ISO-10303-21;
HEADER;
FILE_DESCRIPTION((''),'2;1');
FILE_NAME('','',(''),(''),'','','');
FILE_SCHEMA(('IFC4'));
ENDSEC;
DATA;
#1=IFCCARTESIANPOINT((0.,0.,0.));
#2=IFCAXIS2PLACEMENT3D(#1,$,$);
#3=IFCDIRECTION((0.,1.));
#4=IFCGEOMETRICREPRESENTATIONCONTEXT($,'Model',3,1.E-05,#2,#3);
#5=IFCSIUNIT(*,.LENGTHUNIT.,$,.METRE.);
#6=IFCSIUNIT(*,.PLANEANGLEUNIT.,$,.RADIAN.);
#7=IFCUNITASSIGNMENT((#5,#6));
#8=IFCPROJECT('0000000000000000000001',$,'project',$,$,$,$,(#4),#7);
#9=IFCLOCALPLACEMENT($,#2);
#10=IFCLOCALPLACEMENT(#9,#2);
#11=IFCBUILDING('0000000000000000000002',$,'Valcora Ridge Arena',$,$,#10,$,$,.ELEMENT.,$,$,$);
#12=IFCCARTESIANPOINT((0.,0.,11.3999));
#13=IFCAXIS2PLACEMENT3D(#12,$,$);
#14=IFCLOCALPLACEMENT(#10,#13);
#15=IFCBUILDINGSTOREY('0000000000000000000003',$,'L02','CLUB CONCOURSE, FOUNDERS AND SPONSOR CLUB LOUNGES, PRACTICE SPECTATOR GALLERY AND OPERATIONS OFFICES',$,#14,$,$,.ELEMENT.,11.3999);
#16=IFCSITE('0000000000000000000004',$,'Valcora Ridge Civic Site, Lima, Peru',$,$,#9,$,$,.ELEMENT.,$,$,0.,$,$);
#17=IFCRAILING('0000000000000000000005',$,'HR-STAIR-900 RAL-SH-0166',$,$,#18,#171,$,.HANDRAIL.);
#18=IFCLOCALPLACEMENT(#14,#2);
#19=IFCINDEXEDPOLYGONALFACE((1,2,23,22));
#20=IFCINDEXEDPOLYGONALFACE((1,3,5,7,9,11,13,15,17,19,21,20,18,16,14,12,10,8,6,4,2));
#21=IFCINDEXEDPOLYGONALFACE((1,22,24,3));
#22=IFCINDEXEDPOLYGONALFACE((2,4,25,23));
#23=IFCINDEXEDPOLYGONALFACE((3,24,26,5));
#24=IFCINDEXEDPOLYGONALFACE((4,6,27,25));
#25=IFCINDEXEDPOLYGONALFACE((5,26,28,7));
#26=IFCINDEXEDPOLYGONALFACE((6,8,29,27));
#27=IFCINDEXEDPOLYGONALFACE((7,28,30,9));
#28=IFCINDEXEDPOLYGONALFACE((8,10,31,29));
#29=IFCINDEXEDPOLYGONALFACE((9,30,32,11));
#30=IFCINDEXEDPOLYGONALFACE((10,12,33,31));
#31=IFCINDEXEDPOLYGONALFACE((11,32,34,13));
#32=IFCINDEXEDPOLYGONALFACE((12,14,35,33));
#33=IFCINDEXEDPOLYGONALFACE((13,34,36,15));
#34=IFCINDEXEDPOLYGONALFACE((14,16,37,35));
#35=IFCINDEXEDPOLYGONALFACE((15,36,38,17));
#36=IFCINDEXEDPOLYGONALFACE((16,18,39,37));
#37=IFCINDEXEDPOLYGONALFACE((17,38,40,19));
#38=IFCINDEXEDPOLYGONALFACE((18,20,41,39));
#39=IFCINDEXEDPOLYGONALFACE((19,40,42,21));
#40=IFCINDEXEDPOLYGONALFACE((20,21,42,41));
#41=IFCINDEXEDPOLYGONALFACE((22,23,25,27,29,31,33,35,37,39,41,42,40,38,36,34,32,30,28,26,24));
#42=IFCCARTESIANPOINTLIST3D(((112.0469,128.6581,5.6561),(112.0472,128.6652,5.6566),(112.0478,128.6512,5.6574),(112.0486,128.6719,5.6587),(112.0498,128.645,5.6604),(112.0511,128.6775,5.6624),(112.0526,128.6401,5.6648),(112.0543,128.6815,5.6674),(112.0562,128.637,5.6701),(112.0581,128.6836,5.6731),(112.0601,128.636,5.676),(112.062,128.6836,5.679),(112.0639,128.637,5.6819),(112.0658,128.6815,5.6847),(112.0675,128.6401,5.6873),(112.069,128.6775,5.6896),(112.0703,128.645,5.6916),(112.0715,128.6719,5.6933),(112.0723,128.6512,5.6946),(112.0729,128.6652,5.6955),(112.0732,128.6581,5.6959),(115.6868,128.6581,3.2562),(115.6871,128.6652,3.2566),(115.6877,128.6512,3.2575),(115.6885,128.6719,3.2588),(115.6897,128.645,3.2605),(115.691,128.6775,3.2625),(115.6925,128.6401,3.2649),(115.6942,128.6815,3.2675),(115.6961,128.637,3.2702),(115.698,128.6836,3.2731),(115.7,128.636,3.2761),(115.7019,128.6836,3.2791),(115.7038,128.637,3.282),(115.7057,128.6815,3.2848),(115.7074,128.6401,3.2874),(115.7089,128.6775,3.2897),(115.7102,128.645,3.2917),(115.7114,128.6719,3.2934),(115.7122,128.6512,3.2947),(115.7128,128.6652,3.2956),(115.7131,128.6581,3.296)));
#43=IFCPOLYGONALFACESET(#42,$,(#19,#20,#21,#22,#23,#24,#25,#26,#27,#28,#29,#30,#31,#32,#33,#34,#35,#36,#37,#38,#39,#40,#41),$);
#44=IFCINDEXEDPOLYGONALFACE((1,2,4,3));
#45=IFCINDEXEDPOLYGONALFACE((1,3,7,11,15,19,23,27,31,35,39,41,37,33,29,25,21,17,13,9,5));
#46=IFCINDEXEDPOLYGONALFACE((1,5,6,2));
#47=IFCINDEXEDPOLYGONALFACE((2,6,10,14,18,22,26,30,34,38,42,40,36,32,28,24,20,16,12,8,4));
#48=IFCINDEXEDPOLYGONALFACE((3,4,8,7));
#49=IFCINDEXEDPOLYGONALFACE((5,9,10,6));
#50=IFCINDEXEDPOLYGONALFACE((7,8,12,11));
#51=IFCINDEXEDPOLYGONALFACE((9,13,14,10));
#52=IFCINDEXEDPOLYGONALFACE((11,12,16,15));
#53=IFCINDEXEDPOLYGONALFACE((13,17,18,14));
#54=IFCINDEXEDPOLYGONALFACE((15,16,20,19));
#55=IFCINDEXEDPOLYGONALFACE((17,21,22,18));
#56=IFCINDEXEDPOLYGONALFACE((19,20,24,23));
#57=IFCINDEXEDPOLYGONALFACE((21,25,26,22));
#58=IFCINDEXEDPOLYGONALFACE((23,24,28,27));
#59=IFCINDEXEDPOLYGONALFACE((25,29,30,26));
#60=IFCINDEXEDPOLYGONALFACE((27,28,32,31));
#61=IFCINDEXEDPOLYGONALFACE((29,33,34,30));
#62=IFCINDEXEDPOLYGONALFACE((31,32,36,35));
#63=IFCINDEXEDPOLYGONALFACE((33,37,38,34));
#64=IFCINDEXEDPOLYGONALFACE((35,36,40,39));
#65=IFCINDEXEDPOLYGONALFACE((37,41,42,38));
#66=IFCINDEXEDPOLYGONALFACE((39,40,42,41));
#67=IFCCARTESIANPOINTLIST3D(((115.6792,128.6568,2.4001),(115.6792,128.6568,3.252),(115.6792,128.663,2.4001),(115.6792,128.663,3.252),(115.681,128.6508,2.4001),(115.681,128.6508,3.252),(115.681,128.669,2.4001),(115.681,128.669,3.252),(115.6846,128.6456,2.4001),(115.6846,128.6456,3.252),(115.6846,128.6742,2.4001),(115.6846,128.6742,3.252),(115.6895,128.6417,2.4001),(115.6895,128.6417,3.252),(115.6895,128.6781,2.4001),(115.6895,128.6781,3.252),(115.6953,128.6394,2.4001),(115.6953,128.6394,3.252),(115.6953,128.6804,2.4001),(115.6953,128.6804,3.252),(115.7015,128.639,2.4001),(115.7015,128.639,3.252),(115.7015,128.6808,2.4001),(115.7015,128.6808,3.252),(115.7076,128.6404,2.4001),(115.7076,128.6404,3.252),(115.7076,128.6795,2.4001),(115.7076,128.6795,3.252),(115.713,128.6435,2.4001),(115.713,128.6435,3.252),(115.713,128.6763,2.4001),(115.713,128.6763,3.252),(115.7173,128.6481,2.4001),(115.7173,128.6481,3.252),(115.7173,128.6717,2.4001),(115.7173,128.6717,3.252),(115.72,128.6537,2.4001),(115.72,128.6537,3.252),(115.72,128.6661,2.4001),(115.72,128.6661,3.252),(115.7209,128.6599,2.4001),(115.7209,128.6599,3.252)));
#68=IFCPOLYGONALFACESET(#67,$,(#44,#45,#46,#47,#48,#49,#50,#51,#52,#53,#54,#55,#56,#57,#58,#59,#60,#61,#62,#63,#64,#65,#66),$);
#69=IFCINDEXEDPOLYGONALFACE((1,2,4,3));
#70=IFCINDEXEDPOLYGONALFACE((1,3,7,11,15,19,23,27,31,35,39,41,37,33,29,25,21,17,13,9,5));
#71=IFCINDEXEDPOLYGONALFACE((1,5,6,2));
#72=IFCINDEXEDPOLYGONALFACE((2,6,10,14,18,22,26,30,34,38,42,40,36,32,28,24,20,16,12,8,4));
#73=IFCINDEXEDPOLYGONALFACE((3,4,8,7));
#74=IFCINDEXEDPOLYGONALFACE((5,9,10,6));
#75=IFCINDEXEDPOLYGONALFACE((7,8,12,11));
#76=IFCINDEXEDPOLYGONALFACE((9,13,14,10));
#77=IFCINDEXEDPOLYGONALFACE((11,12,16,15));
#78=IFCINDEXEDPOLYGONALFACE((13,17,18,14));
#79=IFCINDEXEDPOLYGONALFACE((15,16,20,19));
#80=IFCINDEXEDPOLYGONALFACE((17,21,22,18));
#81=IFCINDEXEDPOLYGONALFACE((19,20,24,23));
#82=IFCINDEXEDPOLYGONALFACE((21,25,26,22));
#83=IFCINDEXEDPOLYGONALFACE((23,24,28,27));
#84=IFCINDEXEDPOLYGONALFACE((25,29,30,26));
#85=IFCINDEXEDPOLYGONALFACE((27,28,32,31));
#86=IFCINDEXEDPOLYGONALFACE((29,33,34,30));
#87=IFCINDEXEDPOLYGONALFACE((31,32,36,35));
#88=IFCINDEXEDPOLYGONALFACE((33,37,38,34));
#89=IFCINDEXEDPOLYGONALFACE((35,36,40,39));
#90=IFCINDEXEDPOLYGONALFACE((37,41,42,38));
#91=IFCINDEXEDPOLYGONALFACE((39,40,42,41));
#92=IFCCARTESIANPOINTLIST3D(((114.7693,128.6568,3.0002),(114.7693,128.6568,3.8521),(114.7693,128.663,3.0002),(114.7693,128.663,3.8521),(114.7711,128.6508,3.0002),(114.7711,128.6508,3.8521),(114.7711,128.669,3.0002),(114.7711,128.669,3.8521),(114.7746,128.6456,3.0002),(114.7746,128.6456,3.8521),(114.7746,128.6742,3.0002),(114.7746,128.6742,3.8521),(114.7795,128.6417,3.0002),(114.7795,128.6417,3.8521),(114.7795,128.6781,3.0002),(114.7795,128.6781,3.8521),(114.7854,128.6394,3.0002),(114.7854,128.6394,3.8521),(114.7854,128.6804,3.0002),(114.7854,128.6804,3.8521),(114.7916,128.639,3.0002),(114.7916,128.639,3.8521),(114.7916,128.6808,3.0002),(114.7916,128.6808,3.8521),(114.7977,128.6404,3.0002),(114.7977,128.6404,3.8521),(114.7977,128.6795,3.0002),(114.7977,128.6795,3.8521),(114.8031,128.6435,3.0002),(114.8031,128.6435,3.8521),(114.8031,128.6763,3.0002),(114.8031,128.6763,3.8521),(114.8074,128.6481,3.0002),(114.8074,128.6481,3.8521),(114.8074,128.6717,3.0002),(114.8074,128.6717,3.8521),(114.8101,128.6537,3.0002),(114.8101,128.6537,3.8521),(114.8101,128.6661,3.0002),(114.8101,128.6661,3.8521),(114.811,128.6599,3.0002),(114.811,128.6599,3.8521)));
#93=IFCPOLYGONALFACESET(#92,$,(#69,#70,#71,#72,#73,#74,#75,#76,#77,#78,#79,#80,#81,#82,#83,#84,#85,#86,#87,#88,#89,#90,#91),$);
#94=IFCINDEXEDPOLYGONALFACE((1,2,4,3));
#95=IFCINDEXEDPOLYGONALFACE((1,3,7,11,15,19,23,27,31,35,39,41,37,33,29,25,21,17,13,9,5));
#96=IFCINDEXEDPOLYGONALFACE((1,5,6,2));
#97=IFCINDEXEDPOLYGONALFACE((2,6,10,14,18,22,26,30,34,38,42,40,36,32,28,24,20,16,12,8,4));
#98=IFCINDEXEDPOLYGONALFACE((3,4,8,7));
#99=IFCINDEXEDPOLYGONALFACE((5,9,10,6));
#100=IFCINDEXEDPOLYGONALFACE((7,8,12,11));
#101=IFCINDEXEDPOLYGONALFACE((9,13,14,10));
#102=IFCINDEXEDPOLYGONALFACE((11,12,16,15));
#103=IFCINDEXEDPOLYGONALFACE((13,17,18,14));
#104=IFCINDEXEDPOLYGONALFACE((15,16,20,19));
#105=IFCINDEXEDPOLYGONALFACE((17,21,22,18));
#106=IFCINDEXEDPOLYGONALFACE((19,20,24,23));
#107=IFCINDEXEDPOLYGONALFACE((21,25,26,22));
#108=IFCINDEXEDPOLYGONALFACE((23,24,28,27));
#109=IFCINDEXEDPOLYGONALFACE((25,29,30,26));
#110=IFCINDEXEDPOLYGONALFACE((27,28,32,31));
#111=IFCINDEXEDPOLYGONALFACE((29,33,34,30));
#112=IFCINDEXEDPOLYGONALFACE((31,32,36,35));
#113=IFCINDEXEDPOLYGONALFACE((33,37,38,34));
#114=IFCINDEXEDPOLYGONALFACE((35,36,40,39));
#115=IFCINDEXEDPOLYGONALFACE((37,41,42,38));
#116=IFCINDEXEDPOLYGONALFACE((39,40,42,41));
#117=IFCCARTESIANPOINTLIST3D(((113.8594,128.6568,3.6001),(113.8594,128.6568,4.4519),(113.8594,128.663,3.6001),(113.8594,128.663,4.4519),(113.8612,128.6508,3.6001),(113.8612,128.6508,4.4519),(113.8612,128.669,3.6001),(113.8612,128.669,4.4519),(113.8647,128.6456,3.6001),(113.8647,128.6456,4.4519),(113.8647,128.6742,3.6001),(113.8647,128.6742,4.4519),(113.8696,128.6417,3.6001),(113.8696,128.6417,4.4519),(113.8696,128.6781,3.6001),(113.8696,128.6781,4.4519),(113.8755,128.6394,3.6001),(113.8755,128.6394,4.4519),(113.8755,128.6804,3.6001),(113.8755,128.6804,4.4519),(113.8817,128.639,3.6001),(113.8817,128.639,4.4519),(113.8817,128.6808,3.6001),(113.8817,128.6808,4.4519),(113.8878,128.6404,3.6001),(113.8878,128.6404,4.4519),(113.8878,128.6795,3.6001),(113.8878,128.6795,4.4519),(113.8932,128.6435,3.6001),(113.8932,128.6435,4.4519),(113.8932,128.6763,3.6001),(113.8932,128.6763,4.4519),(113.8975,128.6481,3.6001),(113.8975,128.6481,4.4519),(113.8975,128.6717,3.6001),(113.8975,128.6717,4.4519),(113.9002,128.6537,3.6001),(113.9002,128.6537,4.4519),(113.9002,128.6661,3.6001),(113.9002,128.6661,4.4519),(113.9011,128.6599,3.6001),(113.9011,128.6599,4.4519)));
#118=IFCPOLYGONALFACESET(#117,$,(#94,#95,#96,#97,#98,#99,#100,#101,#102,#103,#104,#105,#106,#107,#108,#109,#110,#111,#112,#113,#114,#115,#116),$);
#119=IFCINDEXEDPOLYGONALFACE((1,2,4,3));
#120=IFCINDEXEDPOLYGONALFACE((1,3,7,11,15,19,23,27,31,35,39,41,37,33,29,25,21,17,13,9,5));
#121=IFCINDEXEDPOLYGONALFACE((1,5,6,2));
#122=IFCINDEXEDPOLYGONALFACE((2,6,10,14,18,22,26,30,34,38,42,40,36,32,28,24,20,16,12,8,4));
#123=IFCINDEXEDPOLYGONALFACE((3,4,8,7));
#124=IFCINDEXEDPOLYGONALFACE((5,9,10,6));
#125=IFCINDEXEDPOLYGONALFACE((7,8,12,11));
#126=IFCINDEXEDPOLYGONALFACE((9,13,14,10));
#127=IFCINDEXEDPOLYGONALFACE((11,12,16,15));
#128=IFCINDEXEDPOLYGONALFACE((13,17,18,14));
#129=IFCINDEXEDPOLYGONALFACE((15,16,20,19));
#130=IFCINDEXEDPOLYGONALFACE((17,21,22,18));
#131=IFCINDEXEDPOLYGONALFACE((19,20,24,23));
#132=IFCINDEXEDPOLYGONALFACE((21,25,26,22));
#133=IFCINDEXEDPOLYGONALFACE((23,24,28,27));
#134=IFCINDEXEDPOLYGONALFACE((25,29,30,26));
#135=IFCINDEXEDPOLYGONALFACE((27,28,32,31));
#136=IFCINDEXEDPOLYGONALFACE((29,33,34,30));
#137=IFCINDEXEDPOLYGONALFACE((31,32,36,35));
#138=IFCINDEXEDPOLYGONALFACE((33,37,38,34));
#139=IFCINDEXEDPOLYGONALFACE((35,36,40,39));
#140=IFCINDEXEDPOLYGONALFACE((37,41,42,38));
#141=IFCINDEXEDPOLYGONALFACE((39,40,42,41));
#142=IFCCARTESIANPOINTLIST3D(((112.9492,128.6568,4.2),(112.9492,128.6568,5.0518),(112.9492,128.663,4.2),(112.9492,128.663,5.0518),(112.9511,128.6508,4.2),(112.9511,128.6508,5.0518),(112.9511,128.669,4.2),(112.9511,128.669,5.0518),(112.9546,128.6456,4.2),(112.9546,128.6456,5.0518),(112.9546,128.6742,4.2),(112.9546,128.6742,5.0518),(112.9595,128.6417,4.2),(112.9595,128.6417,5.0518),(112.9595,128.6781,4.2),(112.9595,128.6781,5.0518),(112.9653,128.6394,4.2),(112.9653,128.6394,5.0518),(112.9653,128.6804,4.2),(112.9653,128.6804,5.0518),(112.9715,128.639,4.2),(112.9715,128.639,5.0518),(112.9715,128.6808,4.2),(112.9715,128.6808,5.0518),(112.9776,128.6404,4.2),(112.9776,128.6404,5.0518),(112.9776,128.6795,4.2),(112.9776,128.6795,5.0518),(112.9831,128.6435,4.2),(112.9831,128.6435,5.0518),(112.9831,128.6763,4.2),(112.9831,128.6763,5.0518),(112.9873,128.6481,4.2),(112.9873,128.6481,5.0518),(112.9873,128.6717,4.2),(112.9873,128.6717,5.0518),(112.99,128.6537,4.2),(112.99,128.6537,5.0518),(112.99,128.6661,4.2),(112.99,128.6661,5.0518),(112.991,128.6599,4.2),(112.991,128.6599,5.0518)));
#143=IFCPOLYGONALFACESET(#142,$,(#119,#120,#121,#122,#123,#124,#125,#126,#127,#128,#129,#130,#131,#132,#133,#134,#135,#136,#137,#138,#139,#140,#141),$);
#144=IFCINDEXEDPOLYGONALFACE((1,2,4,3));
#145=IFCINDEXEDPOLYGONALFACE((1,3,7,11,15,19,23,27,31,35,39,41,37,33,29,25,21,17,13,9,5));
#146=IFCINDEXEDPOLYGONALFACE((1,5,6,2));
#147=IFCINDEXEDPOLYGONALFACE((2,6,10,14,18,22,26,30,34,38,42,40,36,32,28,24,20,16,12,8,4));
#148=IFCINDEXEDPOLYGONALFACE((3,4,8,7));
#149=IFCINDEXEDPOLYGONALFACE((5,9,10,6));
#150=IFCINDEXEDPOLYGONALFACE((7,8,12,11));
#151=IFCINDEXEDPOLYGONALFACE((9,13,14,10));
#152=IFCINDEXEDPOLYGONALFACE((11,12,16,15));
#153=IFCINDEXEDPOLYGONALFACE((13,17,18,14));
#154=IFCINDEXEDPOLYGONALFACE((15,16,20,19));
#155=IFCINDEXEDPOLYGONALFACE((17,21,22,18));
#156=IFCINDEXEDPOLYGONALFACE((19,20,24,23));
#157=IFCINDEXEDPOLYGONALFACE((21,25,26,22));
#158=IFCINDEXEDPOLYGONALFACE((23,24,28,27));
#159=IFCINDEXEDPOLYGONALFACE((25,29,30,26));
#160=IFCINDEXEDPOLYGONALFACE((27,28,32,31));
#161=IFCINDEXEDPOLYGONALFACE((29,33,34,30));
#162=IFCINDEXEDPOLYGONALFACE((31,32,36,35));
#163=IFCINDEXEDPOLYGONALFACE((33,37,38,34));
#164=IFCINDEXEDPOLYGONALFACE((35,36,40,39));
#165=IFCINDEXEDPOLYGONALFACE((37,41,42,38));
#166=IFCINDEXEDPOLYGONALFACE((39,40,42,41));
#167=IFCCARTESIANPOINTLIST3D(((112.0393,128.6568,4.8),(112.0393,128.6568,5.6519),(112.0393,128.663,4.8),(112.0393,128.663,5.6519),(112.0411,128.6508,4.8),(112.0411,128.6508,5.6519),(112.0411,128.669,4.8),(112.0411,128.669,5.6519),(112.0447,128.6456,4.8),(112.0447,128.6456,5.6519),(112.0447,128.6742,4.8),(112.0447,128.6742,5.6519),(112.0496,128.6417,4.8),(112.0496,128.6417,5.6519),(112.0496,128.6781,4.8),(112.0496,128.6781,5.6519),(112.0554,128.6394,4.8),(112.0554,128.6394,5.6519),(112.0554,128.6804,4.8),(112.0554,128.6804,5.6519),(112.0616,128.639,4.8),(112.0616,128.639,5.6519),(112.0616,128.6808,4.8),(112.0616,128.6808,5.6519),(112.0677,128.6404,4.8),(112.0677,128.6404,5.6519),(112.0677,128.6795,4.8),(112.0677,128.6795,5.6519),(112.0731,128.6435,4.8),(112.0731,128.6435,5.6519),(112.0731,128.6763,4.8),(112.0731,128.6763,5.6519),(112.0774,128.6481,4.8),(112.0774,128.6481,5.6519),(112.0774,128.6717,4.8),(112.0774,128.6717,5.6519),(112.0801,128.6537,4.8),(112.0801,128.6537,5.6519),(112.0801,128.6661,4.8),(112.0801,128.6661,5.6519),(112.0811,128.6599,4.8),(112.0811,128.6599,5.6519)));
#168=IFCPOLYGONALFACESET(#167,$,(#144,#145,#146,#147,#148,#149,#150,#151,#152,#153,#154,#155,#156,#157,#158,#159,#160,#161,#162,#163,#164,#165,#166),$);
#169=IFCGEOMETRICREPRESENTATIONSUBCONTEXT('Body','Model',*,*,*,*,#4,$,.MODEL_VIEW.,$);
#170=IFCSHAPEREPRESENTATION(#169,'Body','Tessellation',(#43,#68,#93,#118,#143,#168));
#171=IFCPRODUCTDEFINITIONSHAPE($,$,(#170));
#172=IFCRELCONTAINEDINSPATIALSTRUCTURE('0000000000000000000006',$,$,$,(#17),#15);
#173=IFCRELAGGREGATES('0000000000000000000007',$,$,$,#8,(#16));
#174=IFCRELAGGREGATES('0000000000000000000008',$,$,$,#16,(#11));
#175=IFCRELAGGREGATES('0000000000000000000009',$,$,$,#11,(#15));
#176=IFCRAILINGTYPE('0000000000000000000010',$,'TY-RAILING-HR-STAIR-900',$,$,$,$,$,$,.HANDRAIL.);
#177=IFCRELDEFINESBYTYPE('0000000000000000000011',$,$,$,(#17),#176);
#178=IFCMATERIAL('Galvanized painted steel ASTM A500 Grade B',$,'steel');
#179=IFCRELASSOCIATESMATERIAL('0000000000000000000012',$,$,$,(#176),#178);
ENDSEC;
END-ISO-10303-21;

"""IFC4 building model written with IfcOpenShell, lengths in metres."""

from ifc_helpers import new_model, si_unit, direction, frame, origin, origin_2d, place, context, subcontext, project, spatial, circle, extrude, material, type_object, element, save


model = new_model("IFC4")

# Units and contexts
model_context = context("Model", 3, precision=1e-05, world=origin(), true_north=direction((0.0, 1.0)))
body_context = subcontext(model_context, "Body", "Model", "MODEL_VIEW")
ifc_project = project(units=[si_unit("LENGTHUNIT", "METRE"), si_unit("PLANEANGLEUNIT", "RADIAN")], contexts=[model_context])

# Site, building, storey
site_placement = place(None, origin())
site = spatial("IfcSite", under=ifc_project, at=site_placement, Name="Valcora Ridge Civic Site, Lima, Peru", CompositionType="ELEMENT", RefElevation=0.0)
building_placement = place(site_placement, origin())
building = spatial("IfcBuilding", under=site, at=building_placement, Name="Valcora Ridge Arena", CompositionType="ELEMENT")
storey_placement = place(building_placement, frame((0.0, 0.0, 11.3999)))
storey = spatial("IfcBuildingStorey", under=building, at=storey_placement, Name="L02", Description="CLUB CONCOURSE, FOUNDERS AND SPONSOR CLUB LOUNGES, PRACTICE SPECTATOR GALLERY AND OPERATIONS OFFICES", CompositionType="ELEMENT", Elevation=11.3999)

# Railing
ifc_material_1 = material(Name="Galvanized painted steel ASTM A500 Grade B", Category="steel")
railing_type_1 = type_object("IfcRailingType", Name="TY-RAILING-HR-STAIR-900", PredefinedType="HANDRAIL", material=ifc_material_1)
railing_1_placement = place(storey_placement, frame((115.7, 128.6599, 2.4001)))
element("IfcRailing", 1, at=railing_1_placement, inside=storey, type_object=railing_type_1, Name="HR-STAIR-900 RAL-SH-0166", PredefinedType="HANDRAIL", context=body_context, shape_type="SweptSolid", body=[
    extrude(circle(Radius=0.0239, at=origin_2d()), frame((0.0, 0.0, 0.876), z_axis=(-0.834865, 0.0, 0.550454), x_axis=(0.0, -1.0, 0.0)), (0.0, 0.0, 1.0), 4.3599),
    extrude(circle(Radius=0.021, at=origin_2d()), origin(), (0.0, 0.0, 1.0), 0.8518),
    extrude(circle(Radius=0.021, at=origin_2d()), frame((-0.9099, 0.0, 0.6001)), (0.0, 0.0, 1.0), 0.8518),
    extrude(circle(Radius=0.021, at=origin_2d()), frame((-1.8198, 0.0, 1.2)), (0.0, 0.0, 1.0), 0.8518),
    extrude(circle(Radius=0.021, at=origin_2d()), frame((-2.73, 0.0, 1.7998)), (0.0, 0.0, 1.0), 0.8518),
    extrude(circle(Radius=0.021, at=origin_2d()), frame((-3.6399, 0.0, 2.3999)), (0.0, 0.0, 1.0), 0.8518),
])

save(model, "model.ifc")
